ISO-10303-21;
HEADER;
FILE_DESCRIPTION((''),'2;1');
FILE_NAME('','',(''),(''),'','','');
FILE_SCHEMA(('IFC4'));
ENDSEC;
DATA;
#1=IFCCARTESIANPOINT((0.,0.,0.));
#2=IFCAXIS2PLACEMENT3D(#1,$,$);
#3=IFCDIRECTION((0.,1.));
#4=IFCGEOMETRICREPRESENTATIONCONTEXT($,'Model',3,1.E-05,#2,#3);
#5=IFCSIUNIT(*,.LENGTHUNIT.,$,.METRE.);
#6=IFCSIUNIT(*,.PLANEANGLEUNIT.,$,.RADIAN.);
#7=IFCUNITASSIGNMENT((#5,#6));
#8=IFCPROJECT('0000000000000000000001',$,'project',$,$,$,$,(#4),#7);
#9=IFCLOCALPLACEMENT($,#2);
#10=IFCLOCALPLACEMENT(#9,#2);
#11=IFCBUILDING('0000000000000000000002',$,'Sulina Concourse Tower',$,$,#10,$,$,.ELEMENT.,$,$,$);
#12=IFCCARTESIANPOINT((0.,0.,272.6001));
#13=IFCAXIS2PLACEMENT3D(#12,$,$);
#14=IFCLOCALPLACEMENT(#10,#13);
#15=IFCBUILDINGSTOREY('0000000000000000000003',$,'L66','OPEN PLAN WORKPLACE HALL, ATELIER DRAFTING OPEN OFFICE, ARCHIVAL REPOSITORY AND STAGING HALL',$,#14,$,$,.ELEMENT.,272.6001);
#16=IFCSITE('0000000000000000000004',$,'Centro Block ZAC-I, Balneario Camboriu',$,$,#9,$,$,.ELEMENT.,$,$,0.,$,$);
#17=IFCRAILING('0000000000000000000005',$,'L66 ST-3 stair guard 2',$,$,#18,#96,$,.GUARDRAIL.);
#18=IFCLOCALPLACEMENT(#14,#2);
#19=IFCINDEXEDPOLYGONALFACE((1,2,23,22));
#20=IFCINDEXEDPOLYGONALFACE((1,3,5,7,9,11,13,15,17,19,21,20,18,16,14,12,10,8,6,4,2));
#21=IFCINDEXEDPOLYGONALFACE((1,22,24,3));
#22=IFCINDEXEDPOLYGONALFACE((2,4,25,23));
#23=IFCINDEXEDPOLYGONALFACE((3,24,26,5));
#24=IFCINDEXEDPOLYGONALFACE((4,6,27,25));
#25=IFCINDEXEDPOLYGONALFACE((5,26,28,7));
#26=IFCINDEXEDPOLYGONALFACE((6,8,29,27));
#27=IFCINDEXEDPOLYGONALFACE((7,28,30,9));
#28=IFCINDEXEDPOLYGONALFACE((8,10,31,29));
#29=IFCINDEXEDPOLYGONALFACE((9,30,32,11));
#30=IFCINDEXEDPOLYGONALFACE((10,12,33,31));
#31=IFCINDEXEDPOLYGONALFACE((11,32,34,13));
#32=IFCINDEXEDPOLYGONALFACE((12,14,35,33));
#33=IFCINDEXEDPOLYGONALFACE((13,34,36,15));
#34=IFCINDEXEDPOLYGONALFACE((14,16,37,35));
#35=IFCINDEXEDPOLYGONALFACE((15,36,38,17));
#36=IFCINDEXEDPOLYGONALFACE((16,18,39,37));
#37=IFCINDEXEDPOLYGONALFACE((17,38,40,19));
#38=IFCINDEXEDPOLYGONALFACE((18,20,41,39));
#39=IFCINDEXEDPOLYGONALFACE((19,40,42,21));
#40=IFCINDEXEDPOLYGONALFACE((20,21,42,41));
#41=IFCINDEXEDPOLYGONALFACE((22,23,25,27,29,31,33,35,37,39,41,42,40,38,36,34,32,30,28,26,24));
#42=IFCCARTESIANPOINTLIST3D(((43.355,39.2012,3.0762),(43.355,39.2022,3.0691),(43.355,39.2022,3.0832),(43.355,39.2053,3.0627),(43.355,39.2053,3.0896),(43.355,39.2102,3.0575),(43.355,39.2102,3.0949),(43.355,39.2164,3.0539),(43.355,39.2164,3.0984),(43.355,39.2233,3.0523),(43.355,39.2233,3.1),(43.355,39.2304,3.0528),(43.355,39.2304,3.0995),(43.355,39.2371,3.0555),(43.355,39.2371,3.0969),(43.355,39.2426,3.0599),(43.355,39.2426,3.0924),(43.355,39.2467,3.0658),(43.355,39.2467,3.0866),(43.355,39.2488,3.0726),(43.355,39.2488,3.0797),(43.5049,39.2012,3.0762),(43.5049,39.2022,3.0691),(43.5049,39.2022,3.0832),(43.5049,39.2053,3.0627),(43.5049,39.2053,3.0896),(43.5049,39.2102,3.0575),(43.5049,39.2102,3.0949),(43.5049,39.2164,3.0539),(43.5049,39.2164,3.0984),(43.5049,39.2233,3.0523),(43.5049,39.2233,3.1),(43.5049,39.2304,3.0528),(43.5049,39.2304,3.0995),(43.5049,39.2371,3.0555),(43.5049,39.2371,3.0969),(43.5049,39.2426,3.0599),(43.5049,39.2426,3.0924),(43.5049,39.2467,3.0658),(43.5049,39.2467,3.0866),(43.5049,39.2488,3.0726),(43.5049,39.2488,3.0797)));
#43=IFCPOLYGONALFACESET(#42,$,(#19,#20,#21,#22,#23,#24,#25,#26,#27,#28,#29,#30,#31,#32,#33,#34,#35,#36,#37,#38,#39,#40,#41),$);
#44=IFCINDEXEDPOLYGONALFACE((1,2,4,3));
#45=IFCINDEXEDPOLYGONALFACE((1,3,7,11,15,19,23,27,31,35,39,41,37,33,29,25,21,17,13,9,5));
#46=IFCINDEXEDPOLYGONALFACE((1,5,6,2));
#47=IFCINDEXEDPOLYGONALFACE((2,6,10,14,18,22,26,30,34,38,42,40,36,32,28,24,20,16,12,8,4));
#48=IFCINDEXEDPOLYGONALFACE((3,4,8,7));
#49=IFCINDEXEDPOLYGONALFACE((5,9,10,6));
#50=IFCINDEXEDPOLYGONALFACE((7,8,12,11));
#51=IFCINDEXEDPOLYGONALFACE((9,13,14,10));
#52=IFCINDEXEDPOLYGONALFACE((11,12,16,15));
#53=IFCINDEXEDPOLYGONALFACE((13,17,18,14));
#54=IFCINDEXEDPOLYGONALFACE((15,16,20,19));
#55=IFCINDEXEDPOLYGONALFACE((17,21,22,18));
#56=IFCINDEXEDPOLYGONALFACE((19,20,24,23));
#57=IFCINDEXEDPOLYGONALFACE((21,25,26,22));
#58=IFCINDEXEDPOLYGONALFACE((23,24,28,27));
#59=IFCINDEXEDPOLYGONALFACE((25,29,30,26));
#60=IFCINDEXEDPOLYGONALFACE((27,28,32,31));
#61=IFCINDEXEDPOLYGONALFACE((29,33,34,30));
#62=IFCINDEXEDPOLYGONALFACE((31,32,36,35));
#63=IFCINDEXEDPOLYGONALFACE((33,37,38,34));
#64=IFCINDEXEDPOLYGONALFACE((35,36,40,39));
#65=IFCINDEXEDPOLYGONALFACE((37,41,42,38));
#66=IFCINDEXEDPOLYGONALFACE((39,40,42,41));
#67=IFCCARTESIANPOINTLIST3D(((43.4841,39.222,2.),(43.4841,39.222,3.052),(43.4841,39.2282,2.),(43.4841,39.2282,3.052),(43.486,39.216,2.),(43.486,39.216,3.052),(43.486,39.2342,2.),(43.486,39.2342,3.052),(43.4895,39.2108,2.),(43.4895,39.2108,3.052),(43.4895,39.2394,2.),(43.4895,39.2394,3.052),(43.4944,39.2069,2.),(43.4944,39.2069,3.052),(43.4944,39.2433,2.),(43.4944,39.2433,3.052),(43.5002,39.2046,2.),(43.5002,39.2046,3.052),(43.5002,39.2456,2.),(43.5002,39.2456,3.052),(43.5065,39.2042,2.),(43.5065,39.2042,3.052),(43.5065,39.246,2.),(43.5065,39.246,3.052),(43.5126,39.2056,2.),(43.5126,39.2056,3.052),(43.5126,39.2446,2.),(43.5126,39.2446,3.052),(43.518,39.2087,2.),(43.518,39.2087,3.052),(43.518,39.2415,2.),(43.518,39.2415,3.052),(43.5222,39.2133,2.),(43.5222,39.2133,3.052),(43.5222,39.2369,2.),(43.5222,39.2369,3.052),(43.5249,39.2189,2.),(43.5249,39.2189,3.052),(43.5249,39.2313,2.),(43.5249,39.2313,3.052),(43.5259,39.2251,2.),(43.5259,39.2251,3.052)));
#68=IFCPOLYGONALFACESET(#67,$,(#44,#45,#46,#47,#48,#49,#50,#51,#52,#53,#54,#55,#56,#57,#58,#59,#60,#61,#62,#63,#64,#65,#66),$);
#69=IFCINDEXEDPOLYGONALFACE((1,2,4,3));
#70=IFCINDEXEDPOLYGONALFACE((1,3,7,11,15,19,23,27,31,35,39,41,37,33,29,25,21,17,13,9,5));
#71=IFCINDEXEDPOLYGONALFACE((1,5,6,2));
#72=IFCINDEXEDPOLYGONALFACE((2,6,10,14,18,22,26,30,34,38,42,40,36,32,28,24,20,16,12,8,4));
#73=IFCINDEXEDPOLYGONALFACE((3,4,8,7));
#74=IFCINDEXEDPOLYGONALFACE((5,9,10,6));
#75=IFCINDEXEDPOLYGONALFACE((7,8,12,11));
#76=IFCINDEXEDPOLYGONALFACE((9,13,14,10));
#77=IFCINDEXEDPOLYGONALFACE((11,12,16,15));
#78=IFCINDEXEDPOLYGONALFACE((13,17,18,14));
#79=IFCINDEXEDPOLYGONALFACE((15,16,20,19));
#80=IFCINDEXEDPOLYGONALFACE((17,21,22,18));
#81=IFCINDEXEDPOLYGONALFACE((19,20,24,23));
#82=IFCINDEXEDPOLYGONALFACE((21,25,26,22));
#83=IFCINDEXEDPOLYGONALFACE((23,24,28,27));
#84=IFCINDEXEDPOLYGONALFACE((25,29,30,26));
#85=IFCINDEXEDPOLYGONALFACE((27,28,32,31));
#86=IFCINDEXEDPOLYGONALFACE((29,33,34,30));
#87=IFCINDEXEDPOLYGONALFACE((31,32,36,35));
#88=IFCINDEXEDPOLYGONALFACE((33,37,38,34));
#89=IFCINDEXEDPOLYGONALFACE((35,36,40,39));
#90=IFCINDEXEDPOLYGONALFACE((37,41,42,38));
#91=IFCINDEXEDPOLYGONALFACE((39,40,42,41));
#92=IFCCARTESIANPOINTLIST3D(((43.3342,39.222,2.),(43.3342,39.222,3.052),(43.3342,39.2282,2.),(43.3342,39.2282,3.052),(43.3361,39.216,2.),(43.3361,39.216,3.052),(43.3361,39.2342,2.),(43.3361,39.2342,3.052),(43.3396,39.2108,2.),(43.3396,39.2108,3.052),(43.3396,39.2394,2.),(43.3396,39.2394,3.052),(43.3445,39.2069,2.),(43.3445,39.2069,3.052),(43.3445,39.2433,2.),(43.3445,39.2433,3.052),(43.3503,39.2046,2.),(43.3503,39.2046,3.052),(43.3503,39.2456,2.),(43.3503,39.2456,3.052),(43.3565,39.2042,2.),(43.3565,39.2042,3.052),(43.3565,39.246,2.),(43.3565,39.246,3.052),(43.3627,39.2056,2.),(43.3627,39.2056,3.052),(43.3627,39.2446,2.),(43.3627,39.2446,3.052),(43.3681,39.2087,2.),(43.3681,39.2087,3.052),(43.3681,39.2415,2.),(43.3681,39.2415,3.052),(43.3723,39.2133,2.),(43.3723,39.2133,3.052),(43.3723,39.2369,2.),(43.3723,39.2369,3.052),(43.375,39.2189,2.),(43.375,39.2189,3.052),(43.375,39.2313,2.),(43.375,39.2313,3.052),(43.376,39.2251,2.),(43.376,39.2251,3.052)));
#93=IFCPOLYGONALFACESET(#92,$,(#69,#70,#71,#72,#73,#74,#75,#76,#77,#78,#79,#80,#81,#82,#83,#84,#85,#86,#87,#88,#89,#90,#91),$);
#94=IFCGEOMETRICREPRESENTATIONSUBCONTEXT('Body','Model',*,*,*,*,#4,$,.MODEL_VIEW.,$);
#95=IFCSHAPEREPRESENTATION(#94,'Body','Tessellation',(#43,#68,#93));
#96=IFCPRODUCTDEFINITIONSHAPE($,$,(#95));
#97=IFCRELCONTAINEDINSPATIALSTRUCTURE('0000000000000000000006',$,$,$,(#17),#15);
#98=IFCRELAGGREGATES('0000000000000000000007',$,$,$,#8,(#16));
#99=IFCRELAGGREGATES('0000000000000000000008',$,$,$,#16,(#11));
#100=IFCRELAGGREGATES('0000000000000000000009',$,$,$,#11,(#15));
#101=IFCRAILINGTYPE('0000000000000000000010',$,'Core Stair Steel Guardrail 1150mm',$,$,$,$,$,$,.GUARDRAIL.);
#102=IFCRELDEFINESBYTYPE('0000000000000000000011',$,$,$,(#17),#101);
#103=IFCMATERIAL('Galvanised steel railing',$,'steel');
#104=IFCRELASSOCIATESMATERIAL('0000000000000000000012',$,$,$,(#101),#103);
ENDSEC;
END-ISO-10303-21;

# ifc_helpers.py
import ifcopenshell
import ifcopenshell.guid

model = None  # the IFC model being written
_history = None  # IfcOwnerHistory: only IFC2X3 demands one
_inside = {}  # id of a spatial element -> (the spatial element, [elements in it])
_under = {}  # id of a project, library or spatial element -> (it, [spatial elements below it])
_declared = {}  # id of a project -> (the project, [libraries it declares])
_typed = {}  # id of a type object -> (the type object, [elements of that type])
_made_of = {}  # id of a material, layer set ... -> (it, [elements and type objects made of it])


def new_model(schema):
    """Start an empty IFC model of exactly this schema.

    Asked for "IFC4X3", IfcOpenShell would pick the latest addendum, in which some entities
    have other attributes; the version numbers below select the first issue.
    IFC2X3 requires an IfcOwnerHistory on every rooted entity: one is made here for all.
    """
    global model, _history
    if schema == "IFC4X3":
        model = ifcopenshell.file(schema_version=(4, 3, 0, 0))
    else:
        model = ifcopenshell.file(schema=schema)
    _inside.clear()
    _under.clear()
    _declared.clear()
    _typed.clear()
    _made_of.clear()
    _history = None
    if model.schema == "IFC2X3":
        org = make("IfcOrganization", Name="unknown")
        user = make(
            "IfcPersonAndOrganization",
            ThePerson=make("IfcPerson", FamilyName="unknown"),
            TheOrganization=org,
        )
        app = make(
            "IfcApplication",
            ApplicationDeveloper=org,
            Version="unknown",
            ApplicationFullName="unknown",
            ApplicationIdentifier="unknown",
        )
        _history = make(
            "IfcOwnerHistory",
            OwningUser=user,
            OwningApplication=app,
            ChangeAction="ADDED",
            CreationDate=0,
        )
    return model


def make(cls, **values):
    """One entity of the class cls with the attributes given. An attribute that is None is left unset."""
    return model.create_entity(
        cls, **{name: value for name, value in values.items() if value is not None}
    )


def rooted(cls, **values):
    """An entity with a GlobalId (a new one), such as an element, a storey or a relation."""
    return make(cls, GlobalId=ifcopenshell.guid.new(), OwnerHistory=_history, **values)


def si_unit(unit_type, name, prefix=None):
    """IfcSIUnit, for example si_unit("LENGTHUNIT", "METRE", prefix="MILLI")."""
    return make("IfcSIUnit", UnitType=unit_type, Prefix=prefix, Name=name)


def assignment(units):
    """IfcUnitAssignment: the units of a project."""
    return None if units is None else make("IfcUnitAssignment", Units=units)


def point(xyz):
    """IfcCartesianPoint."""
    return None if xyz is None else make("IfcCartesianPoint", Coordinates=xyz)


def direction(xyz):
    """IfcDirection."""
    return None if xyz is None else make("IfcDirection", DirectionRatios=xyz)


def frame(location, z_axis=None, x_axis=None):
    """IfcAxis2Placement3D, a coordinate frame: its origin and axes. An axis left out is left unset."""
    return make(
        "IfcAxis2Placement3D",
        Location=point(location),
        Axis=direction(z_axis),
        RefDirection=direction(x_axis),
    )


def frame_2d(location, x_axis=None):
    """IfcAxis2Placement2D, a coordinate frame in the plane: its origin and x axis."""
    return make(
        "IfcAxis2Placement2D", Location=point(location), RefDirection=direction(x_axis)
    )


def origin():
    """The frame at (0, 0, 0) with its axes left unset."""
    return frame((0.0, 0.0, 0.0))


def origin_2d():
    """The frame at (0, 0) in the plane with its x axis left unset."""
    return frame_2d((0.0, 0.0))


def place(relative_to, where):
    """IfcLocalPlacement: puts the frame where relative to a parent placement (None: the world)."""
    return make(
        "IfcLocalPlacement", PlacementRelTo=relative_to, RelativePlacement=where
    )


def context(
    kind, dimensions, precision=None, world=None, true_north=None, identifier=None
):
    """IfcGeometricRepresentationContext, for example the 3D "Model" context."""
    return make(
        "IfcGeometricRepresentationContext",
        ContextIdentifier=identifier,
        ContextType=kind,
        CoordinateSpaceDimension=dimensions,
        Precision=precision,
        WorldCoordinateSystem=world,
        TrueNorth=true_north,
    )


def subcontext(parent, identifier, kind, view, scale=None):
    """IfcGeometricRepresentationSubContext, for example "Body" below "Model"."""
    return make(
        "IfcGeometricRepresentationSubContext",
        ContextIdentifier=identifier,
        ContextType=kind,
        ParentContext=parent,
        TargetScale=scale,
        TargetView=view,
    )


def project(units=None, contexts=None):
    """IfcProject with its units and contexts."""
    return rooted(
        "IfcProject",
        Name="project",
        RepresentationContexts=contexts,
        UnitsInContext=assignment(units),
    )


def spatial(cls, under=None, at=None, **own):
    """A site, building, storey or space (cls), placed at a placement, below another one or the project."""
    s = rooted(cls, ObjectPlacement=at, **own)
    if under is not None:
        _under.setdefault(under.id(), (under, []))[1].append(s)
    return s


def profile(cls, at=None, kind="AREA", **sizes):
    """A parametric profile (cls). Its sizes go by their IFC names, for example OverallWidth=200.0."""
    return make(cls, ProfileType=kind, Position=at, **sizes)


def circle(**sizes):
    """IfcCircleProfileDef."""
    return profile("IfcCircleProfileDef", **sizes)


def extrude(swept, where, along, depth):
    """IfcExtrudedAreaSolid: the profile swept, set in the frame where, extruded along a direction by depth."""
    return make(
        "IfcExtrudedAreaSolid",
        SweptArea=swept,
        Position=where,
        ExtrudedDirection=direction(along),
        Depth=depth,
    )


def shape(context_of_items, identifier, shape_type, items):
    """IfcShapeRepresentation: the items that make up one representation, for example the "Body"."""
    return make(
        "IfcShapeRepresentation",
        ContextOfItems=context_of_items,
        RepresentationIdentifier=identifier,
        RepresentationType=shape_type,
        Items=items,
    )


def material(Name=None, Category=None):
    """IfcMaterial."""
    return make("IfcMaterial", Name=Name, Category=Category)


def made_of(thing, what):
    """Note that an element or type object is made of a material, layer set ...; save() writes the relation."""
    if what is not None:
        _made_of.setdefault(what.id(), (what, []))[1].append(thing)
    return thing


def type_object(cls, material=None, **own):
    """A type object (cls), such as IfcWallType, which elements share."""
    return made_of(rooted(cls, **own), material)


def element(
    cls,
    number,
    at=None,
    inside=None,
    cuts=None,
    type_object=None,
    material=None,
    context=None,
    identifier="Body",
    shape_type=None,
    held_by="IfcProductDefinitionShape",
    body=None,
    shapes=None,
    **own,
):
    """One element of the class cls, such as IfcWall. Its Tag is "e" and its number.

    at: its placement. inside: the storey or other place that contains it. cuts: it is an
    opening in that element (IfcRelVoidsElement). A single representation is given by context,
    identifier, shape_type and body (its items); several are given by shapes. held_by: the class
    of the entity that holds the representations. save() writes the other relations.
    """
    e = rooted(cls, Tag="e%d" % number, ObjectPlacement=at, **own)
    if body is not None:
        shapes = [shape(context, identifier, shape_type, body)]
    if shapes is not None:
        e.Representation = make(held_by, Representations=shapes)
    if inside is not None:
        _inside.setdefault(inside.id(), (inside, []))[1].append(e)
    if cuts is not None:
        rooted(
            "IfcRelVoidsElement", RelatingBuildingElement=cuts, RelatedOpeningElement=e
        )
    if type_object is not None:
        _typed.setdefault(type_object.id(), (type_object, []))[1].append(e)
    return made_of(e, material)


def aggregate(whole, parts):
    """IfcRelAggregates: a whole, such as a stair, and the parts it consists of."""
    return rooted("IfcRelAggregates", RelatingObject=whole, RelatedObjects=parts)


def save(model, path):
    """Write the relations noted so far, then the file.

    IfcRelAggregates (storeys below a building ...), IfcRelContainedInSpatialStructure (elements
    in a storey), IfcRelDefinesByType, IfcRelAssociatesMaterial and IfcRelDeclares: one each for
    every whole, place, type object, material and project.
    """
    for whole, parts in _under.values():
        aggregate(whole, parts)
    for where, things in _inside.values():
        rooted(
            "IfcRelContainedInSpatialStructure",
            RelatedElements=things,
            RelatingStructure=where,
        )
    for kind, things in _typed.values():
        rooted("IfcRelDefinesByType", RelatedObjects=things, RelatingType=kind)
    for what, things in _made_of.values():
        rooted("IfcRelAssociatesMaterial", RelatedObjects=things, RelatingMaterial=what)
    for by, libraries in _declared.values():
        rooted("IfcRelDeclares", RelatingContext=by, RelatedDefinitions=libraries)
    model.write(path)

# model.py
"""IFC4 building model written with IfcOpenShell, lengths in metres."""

from ifc_helpers import new_model, si_unit, direction, frame, origin, origin_2d, place, context, subcontext, project, spatial, circle, extrude, material, type_object, element, save


model = new_model("IFC4")

# Units and contexts
model_context = context("Model", 3, precision=1e-05, world=origin(), true_north=direction((0.0, 1.0)))
body_context = subcontext(model_context, "Body", "Model", "MODEL_VIEW")
ifc_project = project(units=[si_unit("LENGTHUNIT", "METRE"), si_unit("PLANEANGLEUNIT", "RADIAN")], contexts=[model_context])

# Site, building, storey
site_placement = place(None, origin())
site = spatial("IfcSite", under=ifc_project, at=site_placement, Name="Centro Block ZAC-I, Balneario Camboriu", CompositionType="ELEMENT", RefElevation=0.0)
building_placement = place(site_placement, origin())
building = spatial("IfcBuilding", under=site, at=building_placement, Name="Sulina Concourse Tower", CompositionType="ELEMENT")
storey_placement = place(building_placement, frame((0.0, 0.0, 272.6001)))
storey = spatial("IfcBuildingStorey", under=building, at=storey_placement, Name="L66", Description="OPEN PLAN WORKPLACE HALL, ATELIER DRAFTING OPEN OFFICE, ARCHIVAL REPOSITORY AND STAGING HALL", CompositionType="ELEMENT", Elevation=272.6001)

# Railing
ifc_material_1 = material(Name="Galvanised steel railing", Category="steel")
railing_type_1 = type_object("IfcRailingType", Name="Core Stair Steel Guardrail 1150mm", PredefinedType="GUARDRAIL", material=ifc_material_1)
railing_1_placement = place(storey_placement, frame((43.5049, 39.2251, 2.0)))
element("IfcRailing", 1, at=railing_1_placement, inside=storey, type_object=railing_type_1, Name="L66 ST-3 stair guard 2", PredefinedType="GUARDRAIL", context=body_context, shape_type="SweptSolid", body=[
    extrude(circle(Radius=0.0239, at=origin_2d()), frame((0.0, 0.0, 1.0762), z_axis=(-1.0, 0.0, 0.0), x_axis=(0.0, -1.0, 0.0)), (0.0, 0.0, 1.0), 0.1499),
    extrude(circle(Radius=0.021, at=origin_2d()), origin(), (0.0, 0.0, 1.0), 1.052),
    extrude(circle(Radius=0.021, at=origin_2d()), frame((-0.1499, 0.0, 0.0)), (0.0, 0.0, 1.0), 1.052),
])

save(model, "model.ifc")
